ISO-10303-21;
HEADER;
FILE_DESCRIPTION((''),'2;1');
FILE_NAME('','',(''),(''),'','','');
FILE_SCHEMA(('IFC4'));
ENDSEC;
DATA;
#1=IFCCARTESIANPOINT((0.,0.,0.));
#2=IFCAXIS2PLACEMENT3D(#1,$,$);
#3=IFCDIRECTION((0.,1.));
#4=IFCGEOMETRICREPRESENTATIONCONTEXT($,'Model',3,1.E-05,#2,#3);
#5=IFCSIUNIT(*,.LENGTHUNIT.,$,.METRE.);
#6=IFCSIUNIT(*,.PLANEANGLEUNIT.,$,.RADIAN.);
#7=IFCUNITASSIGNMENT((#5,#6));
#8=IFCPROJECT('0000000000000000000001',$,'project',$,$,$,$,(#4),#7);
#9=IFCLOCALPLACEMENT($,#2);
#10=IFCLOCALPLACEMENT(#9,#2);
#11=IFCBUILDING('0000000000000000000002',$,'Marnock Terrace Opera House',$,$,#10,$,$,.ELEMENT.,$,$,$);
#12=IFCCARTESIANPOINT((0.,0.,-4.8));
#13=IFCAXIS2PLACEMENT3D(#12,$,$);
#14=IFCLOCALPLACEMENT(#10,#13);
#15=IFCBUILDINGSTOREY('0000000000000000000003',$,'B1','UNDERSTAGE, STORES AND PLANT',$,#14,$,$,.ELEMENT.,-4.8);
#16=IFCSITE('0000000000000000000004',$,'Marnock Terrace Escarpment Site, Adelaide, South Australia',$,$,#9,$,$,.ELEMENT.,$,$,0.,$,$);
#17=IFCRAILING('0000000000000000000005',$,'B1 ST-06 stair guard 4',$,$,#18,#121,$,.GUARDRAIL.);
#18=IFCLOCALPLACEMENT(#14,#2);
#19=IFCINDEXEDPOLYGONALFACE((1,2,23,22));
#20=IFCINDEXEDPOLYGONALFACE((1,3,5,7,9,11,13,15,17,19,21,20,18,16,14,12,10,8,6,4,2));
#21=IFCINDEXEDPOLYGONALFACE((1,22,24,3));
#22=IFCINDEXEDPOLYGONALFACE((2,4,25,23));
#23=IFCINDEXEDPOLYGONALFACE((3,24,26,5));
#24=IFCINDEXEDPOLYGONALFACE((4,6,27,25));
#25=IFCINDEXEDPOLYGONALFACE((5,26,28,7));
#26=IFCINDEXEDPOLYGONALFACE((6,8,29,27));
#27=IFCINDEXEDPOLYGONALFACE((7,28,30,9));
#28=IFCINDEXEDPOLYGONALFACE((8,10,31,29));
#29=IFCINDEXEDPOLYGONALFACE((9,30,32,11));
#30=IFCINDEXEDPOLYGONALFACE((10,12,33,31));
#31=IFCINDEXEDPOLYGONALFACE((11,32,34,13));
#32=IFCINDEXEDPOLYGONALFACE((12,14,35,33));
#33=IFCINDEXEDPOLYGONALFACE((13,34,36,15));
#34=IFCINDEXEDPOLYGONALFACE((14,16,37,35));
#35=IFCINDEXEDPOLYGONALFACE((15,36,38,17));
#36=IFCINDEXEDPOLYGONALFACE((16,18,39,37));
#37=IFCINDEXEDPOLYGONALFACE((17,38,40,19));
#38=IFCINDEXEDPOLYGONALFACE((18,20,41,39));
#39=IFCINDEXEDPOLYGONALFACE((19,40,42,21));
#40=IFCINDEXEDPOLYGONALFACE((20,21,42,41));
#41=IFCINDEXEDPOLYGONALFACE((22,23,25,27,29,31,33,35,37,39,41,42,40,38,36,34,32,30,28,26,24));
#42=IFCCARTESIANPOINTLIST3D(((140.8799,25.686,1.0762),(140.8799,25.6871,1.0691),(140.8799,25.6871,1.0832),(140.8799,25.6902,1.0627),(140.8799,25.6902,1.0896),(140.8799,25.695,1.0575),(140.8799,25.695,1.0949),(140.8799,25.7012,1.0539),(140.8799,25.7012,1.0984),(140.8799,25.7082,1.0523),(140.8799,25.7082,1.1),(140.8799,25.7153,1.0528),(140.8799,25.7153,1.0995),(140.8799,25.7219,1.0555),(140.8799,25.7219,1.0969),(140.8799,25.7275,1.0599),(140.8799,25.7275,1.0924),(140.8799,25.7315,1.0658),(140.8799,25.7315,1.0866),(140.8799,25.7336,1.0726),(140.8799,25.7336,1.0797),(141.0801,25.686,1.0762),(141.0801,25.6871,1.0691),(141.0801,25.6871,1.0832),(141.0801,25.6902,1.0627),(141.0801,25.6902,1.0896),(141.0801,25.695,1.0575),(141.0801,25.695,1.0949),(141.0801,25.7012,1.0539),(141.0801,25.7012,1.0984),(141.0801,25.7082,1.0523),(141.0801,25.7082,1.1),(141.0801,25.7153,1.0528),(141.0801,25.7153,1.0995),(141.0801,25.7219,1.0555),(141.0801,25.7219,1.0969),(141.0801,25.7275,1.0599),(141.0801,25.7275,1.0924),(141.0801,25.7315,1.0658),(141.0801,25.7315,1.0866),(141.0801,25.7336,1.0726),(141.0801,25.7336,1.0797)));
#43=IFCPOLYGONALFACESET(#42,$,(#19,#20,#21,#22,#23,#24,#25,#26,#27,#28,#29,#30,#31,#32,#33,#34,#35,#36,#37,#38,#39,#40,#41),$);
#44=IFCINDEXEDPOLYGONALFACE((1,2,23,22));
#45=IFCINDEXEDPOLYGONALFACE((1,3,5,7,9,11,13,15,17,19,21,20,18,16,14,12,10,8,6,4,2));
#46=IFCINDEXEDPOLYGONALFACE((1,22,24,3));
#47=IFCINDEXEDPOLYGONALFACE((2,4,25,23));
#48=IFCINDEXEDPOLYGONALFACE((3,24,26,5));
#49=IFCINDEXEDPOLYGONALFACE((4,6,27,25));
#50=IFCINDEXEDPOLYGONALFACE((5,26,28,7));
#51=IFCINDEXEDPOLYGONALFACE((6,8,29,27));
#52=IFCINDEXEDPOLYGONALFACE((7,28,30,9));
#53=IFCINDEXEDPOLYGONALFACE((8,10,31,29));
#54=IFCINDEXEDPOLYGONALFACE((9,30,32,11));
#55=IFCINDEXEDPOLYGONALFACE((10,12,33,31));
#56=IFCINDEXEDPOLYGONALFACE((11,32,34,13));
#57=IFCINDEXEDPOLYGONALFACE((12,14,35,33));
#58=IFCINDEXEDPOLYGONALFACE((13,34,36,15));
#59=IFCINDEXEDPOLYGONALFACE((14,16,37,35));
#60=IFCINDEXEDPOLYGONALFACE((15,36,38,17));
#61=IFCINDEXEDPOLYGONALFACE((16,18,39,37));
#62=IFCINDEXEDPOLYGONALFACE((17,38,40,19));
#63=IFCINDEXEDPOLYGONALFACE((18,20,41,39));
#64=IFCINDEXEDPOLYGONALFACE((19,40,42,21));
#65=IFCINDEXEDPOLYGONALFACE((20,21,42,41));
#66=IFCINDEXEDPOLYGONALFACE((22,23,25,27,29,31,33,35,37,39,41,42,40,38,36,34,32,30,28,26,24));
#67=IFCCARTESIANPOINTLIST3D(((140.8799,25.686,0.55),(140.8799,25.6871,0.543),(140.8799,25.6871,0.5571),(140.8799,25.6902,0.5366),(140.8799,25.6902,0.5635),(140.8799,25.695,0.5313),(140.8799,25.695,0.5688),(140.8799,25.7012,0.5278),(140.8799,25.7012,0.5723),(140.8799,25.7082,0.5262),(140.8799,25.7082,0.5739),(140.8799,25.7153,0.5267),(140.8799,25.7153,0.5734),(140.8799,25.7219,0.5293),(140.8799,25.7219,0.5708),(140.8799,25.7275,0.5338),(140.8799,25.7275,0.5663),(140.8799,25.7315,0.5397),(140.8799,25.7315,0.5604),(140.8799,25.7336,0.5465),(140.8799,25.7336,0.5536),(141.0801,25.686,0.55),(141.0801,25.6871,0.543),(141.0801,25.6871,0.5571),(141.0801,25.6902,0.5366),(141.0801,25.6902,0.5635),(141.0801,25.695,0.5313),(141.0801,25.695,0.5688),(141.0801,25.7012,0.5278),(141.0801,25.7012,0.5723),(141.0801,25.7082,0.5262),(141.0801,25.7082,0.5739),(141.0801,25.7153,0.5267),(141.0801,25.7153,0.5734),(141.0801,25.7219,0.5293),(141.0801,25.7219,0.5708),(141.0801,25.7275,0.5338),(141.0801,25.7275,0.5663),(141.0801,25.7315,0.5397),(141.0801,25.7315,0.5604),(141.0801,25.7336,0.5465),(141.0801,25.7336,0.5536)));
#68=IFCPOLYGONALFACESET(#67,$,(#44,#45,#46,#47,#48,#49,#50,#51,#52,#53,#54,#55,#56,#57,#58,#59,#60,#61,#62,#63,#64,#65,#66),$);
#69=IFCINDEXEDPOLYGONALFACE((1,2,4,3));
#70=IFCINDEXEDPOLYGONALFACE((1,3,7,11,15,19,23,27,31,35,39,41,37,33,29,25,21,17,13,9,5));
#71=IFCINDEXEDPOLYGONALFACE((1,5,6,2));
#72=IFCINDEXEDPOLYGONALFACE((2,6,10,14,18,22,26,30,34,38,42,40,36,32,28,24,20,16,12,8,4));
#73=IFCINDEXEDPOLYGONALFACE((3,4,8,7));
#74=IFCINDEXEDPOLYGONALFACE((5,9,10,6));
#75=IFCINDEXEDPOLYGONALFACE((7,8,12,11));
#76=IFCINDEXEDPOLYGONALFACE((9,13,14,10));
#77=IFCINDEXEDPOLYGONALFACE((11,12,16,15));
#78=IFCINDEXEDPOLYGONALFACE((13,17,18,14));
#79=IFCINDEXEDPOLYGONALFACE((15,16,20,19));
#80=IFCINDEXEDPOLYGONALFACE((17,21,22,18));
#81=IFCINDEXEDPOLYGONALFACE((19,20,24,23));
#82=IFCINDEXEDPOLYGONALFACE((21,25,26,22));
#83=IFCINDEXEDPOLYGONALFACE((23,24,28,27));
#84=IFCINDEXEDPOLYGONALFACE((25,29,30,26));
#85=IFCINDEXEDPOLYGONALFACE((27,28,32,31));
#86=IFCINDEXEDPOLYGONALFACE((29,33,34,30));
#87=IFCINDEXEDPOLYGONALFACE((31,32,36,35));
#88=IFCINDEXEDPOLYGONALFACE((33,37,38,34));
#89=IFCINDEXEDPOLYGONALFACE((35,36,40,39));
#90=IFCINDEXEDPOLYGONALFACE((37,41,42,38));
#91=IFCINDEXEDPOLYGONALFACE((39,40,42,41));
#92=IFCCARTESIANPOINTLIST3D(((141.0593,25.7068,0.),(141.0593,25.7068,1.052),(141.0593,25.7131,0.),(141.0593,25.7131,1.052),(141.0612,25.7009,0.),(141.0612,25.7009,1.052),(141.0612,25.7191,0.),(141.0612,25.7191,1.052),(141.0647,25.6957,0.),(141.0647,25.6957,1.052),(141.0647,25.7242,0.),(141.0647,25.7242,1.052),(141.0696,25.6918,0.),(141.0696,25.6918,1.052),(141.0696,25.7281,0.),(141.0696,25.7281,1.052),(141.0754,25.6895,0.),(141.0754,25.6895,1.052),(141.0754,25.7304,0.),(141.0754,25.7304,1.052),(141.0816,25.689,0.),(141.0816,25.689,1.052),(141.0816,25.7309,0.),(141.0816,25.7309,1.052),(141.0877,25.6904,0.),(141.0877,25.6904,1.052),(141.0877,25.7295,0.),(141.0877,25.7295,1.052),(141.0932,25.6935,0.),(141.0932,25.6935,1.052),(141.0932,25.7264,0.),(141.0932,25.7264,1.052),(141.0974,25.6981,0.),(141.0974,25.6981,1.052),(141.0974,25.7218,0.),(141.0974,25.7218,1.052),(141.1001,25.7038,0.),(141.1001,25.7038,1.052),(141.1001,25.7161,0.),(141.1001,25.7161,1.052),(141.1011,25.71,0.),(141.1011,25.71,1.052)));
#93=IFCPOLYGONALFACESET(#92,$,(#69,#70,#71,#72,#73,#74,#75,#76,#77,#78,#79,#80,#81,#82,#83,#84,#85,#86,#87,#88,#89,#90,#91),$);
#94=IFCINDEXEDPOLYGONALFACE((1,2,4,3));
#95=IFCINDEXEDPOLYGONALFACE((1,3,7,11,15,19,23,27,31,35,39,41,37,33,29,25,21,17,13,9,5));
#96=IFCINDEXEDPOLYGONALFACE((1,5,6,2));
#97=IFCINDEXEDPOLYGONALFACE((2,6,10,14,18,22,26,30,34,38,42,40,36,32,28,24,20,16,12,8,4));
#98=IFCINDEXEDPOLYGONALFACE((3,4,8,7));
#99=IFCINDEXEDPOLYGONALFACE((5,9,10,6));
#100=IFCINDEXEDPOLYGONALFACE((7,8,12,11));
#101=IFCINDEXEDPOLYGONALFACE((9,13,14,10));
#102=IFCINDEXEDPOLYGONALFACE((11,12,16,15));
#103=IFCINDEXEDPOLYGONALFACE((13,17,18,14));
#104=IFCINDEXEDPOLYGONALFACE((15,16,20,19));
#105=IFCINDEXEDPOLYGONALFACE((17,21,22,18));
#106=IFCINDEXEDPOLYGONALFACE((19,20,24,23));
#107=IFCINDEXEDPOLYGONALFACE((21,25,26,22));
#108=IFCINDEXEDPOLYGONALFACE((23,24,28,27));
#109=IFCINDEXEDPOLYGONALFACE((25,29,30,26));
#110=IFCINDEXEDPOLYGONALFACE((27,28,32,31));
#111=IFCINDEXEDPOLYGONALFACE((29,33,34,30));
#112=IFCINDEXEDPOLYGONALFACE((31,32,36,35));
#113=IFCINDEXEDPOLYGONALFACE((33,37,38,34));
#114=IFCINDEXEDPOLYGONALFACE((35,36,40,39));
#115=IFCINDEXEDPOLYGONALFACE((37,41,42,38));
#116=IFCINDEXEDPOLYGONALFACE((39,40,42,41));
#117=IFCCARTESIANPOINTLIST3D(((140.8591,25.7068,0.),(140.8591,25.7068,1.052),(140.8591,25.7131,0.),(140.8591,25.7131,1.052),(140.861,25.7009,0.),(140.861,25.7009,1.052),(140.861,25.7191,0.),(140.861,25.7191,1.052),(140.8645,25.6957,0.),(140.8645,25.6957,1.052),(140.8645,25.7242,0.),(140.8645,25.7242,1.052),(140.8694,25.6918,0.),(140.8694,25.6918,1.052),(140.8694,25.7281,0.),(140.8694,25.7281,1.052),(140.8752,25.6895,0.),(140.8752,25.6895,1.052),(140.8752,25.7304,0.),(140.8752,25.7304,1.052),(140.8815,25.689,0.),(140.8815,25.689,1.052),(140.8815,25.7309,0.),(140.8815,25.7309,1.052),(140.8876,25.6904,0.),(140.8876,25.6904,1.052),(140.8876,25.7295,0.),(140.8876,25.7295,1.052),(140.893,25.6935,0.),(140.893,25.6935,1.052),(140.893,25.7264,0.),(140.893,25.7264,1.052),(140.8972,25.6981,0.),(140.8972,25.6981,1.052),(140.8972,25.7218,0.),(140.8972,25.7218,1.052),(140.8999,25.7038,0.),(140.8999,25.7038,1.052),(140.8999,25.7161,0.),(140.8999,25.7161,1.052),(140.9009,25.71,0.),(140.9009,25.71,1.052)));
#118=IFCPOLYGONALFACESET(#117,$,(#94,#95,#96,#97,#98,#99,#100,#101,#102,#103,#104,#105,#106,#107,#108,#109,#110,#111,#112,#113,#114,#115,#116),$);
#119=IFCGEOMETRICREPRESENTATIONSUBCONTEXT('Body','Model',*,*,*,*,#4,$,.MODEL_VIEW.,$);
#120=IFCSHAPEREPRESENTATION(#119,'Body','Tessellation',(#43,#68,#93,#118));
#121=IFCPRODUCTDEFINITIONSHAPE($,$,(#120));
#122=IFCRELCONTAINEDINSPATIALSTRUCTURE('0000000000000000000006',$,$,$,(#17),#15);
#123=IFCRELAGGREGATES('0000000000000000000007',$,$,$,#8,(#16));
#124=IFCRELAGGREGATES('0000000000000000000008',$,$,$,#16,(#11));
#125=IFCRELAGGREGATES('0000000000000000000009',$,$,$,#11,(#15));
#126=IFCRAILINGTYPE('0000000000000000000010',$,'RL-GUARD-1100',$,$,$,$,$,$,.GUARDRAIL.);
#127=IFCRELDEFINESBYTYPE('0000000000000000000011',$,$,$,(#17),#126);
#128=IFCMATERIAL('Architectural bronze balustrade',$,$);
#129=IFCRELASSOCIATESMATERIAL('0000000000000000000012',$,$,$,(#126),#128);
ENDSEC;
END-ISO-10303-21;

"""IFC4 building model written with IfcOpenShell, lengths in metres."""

from ifc_helpers import new_model, si_unit, direction, frame, origin, origin_2d, place, context, subcontext, project, spatial, circle, extrude, material, type_object, element, save


model = new_model("IFC4")

# Units and contexts
model_context = context("Model", 3, precision=1e-05, world=origin(), true_north=direction((0.0, 1.0)))
body_context = subcontext(model_context, "Body", "Model", "MODEL_VIEW")
ifc_project = project(units=[si_unit("LENGTHUNIT", "METRE"), si_unit("PLANEANGLEUNIT", "RADIAN")], contexts=[model_context])

# Site, building, storey
site_placement = place(None, origin())
site = spatial("IfcSite", under=ifc_project, at=site_placement, Name="Marnock Terrace Escarpment Site, Adelaide, South Australia", CompositionType="ELEMENT", RefElevation=0.0)
building_placement = place(site_placement, origin())
building = spatial("IfcBuilding", under=site, at=building_placement, Name="Marnock Terrace Opera House", CompositionType="ELEMENT")
storey_placement = place(building_placement, frame((0.0, 0.0, -4.8)))
storey = spatial("IfcBuildingStorey", under=building, at=storey_placement, Name="B1", Description="UNDERSTAGE, STORES AND PLANT", CompositionType="ELEMENT", Elevation=-4.8)

# Railing
ifc_material_1 = material(Name="Architectural bronze balustrade")
railing_type = type_object("IfcRailingType", Name="RL-GUARD-1100", PredefinedType="GUARDRAIL", material=ifc_material_1)
railing_1_placement = place(storey_placement, frame((141.0801, 25.71, 0.0)))
element("IfcRailing", 1, at=railing_1_placement, inside=storey, type_object=railing_type, Name="B1 ST-06 stair guard 4", PredefinedType="GUARDRAIL", context=body_context, shape_type="SweptSolid", body=[
    extrude(circle(Radius=0.0239, at=origin_2d()), frame((0.0, 0.0, 1.0762), z_axis=(-1.0, 0.0, 0.0), x_axis=(0.0, -1.0, 0.0)), (0.0, 0.0, 1.0), 0.2002),
    extrude(circle(Radius=0.0239, at=origin_2d()), frame((0.0, 0.0, 0.55), z_axis=(-1.0, 0.0, 0.0), x_axis=(0.0, -1.0, 0.0)), (0.0, 0.0, 1.0), 0.2002),
    extrude(circle(Radius=0.021, at=origin_2d()), origin(), (0.0, 0.0, 1.0), 1.052),
    extrude(circle(Radius=0.021, at=origin_2d()), frame((-0.2002, 0.0, 0.0)), (0.0, 0.0, 1.0), 1.052),
])

save(model, "model.ifc")
